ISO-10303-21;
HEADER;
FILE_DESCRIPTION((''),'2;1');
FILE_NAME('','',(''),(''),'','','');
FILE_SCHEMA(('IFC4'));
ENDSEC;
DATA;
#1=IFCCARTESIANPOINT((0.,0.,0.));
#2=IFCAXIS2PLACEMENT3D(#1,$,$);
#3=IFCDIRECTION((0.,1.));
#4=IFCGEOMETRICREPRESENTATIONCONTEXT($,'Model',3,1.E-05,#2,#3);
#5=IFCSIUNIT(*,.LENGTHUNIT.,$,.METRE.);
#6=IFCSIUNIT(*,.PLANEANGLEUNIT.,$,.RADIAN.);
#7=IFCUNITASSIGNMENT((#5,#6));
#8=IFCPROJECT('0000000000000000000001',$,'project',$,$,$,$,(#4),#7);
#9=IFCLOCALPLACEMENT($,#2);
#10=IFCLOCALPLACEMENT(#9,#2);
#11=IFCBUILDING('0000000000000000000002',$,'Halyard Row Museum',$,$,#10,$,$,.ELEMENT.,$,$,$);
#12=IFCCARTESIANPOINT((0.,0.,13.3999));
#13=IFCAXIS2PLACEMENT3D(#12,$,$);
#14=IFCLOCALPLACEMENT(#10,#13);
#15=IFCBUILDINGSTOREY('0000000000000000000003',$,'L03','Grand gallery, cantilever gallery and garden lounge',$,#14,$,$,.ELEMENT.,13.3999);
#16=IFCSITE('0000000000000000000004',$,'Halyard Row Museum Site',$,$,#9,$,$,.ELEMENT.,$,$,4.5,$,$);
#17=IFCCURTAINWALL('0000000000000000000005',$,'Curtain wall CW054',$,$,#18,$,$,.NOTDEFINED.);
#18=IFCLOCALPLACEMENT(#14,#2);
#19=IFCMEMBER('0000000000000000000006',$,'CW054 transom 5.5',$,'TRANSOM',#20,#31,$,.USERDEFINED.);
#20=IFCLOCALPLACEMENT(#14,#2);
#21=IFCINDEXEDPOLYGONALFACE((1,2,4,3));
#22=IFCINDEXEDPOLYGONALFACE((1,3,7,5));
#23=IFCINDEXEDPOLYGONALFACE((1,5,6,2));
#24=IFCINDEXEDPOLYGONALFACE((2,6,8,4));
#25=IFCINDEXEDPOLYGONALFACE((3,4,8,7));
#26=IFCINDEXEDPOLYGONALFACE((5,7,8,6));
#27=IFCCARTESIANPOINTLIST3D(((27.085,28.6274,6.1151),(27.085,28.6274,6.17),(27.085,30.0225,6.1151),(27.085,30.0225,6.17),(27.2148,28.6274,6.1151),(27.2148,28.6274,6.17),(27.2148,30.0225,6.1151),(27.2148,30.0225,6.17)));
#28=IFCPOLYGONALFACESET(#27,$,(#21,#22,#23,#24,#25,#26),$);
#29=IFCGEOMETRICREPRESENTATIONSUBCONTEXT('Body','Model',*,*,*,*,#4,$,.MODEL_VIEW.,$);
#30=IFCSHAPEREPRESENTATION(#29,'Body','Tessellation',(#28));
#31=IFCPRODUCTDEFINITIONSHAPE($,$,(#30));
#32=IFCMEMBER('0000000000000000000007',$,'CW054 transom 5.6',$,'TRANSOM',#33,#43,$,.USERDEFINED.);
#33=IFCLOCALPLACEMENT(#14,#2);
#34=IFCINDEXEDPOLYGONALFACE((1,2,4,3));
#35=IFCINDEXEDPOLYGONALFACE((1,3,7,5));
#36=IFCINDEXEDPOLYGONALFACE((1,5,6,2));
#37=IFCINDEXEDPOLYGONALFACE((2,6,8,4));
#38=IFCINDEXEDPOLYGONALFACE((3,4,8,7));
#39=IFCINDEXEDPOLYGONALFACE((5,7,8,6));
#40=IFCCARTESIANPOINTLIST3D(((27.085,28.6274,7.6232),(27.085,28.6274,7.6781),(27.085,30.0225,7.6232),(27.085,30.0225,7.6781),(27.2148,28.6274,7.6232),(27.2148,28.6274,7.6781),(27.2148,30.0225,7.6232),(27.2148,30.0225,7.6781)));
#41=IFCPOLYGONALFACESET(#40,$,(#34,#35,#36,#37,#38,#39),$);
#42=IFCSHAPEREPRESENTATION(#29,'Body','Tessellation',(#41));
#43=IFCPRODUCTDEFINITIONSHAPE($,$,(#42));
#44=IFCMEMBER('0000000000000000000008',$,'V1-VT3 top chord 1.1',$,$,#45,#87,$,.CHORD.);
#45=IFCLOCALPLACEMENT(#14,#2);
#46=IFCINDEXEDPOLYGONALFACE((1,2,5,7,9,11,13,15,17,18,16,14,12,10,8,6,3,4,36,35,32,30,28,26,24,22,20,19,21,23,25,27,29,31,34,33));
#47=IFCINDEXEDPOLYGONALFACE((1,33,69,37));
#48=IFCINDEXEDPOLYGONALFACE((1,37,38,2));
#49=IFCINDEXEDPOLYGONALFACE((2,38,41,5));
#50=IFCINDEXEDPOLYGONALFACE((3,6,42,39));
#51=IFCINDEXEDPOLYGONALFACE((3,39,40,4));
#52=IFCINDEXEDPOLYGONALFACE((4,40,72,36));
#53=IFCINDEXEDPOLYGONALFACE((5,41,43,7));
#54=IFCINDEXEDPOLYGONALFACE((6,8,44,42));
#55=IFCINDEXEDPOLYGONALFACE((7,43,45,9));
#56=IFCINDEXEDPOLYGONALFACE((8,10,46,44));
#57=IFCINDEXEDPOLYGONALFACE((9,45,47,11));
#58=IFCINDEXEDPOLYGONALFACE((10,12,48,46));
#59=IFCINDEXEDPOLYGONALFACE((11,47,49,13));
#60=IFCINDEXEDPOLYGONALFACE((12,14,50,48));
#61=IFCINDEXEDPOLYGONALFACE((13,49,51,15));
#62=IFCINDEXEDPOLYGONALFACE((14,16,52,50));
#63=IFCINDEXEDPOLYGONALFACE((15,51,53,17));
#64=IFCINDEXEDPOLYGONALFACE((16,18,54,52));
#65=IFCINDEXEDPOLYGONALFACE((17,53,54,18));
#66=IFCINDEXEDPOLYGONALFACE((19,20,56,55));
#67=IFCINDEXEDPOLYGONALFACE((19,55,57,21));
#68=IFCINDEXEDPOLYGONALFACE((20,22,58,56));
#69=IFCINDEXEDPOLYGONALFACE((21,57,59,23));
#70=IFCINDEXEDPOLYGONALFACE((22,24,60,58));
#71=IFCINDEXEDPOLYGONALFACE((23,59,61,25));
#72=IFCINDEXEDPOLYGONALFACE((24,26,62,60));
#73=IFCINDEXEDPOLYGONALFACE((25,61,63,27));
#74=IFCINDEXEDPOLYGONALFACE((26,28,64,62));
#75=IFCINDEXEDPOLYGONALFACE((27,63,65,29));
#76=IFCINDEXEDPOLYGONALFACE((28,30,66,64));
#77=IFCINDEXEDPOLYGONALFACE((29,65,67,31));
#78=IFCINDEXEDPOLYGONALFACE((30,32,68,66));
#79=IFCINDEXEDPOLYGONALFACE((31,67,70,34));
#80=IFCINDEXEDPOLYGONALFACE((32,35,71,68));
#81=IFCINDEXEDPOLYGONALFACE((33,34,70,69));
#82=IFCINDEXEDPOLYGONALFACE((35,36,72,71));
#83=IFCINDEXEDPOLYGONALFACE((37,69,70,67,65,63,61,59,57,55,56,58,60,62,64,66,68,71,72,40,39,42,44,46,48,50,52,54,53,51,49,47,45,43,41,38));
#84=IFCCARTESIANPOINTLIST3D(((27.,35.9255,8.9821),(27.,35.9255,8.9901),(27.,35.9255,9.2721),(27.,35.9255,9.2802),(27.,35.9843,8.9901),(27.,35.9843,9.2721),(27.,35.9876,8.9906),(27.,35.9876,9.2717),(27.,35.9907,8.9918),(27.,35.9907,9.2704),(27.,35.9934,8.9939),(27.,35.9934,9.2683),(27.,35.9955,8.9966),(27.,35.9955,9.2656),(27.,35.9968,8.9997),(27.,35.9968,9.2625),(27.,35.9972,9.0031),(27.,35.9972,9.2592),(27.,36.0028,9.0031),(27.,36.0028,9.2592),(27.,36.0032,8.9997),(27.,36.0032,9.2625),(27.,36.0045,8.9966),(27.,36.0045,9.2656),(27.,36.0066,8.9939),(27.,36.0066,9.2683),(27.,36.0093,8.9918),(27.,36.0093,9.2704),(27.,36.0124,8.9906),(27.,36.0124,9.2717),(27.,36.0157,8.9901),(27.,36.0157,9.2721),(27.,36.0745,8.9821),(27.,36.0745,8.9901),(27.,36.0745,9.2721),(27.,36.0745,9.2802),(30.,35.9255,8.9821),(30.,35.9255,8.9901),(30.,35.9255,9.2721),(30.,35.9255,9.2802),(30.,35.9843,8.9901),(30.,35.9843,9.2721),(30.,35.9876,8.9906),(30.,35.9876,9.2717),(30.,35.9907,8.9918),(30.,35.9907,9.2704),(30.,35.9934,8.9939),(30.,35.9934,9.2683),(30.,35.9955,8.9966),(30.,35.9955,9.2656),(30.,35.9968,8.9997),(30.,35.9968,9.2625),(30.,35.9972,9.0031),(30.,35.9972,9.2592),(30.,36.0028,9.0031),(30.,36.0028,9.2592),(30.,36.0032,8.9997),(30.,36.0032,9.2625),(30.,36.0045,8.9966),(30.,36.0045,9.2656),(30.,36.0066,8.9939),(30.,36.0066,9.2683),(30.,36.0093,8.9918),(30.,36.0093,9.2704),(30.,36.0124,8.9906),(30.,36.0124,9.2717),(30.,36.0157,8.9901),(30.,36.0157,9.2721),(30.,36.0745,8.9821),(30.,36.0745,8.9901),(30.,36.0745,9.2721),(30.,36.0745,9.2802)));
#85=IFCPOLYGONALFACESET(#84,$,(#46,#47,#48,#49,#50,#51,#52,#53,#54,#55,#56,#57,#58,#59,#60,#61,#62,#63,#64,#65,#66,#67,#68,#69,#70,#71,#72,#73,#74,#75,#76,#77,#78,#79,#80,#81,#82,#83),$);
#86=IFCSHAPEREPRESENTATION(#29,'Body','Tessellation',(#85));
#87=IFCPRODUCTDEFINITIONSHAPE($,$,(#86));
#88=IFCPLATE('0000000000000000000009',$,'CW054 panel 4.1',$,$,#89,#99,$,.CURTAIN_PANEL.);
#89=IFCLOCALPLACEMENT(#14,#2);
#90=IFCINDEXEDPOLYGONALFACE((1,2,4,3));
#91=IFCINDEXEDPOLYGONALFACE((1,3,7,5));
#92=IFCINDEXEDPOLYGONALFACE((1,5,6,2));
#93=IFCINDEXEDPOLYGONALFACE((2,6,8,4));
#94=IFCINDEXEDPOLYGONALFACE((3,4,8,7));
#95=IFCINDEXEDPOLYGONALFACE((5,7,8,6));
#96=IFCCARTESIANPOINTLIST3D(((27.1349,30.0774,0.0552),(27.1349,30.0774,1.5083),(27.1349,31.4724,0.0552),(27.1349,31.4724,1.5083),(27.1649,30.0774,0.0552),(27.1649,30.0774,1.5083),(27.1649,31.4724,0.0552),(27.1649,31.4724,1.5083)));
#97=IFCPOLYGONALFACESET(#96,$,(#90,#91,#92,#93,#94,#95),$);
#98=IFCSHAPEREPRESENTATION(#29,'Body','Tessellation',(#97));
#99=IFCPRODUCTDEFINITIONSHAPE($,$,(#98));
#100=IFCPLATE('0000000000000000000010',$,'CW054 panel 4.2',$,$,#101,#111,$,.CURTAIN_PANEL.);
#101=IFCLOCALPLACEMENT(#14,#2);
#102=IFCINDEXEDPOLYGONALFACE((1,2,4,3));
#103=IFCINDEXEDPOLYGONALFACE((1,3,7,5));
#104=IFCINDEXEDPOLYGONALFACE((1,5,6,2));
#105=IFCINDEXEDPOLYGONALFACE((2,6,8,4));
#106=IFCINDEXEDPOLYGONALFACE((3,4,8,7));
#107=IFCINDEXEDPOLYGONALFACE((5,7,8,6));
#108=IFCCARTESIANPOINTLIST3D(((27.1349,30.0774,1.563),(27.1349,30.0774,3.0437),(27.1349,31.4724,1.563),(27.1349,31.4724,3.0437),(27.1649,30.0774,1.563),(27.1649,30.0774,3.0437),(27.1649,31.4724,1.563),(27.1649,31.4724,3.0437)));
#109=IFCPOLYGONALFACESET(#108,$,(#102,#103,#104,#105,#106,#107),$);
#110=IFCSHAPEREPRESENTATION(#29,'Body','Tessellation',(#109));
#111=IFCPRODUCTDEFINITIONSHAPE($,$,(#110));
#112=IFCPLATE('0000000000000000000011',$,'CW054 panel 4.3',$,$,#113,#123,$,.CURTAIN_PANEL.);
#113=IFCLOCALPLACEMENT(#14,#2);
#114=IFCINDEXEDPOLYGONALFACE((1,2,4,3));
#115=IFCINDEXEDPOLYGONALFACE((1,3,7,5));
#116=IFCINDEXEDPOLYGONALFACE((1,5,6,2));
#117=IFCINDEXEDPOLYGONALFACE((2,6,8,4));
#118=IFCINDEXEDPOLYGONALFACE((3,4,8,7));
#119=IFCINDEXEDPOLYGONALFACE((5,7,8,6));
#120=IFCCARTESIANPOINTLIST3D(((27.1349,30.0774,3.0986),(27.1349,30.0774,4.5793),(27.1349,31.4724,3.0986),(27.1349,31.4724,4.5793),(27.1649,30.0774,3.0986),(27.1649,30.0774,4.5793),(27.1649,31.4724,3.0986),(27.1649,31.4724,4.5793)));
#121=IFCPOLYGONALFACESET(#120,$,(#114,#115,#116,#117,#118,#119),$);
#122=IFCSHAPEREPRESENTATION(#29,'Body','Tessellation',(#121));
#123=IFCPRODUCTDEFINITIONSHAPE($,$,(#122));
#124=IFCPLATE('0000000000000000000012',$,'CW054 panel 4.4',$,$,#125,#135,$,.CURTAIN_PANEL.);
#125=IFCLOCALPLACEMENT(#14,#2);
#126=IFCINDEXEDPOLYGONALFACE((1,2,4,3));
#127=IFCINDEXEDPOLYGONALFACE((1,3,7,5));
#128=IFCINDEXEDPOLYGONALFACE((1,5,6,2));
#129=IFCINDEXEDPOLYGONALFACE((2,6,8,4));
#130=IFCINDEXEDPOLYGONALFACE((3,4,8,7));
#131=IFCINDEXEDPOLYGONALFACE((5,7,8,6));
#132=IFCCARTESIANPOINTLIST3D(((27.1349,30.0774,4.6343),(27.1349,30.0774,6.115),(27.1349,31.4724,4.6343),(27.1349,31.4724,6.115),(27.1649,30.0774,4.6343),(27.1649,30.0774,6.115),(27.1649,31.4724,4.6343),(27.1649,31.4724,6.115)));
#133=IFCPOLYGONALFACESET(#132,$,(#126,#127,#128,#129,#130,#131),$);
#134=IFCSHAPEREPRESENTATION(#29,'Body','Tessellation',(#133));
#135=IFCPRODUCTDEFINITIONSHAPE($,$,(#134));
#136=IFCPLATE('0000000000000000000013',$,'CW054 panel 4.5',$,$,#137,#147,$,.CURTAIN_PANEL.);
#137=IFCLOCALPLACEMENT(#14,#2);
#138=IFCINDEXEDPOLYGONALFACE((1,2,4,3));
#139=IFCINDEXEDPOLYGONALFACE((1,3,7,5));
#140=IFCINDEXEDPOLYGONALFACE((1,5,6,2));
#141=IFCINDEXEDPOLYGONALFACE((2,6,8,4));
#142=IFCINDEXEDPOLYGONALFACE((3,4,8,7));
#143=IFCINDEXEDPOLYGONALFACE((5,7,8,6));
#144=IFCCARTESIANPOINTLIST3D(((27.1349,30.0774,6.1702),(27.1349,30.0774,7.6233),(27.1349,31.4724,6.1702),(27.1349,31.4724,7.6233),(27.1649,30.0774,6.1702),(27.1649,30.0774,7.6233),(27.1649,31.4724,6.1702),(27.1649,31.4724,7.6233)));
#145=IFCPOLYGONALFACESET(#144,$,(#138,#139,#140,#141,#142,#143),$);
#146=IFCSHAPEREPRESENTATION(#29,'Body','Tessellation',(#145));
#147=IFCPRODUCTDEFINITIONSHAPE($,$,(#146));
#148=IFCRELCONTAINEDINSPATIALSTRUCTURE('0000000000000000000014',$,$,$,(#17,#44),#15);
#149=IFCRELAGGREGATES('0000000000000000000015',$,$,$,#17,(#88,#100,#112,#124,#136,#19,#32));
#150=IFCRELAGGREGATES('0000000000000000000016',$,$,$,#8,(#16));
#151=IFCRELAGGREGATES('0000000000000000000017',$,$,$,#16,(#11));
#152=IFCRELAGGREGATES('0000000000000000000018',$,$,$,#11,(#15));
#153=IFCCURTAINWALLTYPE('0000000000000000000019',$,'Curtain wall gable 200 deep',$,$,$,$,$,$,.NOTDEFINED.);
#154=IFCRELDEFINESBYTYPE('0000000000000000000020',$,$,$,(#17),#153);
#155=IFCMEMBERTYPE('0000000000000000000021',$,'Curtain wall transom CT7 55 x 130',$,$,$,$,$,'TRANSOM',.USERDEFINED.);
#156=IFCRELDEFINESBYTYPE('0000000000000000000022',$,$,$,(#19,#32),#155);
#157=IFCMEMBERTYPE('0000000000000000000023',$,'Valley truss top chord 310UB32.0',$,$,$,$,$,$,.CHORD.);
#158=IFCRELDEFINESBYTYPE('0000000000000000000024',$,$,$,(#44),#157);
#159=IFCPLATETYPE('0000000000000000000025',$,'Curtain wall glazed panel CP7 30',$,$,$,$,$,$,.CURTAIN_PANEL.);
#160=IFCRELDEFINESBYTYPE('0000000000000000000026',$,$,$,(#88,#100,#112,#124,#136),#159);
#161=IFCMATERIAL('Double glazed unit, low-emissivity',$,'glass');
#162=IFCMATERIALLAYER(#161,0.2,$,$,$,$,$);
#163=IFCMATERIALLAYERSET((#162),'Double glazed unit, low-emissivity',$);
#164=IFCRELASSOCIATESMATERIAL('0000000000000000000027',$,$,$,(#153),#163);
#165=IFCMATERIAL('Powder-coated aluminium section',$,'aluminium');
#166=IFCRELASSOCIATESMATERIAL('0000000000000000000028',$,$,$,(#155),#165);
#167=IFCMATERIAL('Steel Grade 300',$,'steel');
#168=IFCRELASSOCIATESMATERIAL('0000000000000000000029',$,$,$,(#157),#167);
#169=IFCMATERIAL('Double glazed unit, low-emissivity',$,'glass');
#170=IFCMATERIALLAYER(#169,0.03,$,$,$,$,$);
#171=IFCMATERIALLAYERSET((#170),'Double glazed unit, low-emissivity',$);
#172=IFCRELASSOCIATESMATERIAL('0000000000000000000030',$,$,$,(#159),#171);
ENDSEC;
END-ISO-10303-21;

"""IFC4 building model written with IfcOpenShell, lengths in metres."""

from ifc_helpers import new_model, si_unit, direction, frame, origin, origin_2d, place, context, subcontext, project, spatial, rectangle, i_section, extrude, material, layer, layer_set, material_profile, profile_set, type_object, element, aggregate, save


model = new_model("IFC4")

# Units and contexts
model_context = context("Model", 3, precision=1e-05, world=origin(), true_north=direction((0.0, 1.0)))
body_context = subcontext(model_context, "Body", "Model", "MODEL_VIEW")
ifc_project = project(units=[si_unit("LENGTHUNIT", "METRE"), si_unit("PLANEANGLEUNIT", "RADIAN")], contexts=[model_context])

# Site, building, storey
site_placement = place(None, origin())
site = spatial("IfcSite", under=ifc_project, at=site_placement, Name="Halyard Row Museum Site", CompositionType="ELEMENT", RefElevation=4.5)
building_placement = place(site_placement, origin())
building = spatial("IfcBuilding", under=site, at=building_placement, Name="Halyard Row Museum", CompositionType="ELEMENT")
storey_placement = place(building_placement, frame((0.0, 0.0, 13.3999)))
storey = spatial("IfcBuildingStorey", under=building, at=storey_placement, Name="L03", Description="Grand gallery, cantilever gallery and garden lounge", CompositionType="ELEMENT", Elevation=13.3999)

# Curtain wall, members
ifc_material_1 = material(Name="Double glazed unit, low-emissivity", Category="glass")
ifc_layer_1 = layer(ifc_material_1, 0.2)
ifc_layer_set_1 = layer_set([ifc_layer_1], Name="Double glazed unit, low-emissivity")
curtain_wall_type = type_object("IfcCurtainWallType", Name="Curtain wall gable 200 deep", PredefinedType="NOTDEFINED", material=ifc_layer_set_1)
curtain_wall_placement = place(storey_placement, origin())
curtain_wall = element("IfcCurtainWall", 1, at=curtain_wall_placement, inside=storey, type_object=curtain_wall_type, Name="Curtain wall CW054", PredefinedType="NOTDEFINED")
ifc_material_2 = material(Name="Powder-coated aluminium section", Category="aluminium")
ifc_material_profile_1 = material_profile(ifc_material_2, rectangle(XDim=0.1299, YDim=0.0549, at=origin_2d()), Name="130x55 transom")
ifc_profile_set_1 = profile_set([ifc_material_profile_1], Name="Powder-coated aluminium section")
member_type_1 = type_object("IfcMemberType", Name="Curtain wall transom CT7 55 x 130", ElementType="TRANSOM", PredefinedType="USERDEFINED", material=ifc_profile_set_1)
member_1_placement = place(storey_placement, frame((27.1499, 30.0225, 6.1426), z_axis=(0.0, -1.0, 0.0), x_axis=(1.0, 0.0, 0.0)))
member_1 = element("IfcMember", 2, at=member_1_placement, type_object=member_type_1, Name="CW054 transom 5.5", ObjectType="TRANSOM", PredefinedType="USERDEFINED", context=body_context, shape_type="SweptSolid", body=[
    extrude(rectangle(XDim=0.1299, YDim=0.0549, at=origin_2d()), origin(), (0.0, 0.0, 1.0), 1.395),
])
member_2_placement = place(storey_placement, frame((27.1499, 30.0225, 7.6506), z_axis=(0.0, -1.0, 0.0), x_axis=(1.0, 0.0, 0.0)))
member_2 = element("IfcMember", 3, at=member_2_placement, type_object=member_type_1, Name="CW054 transom 5.6", ObjectType="TRANSOM", PredefinedType="USERDEFINED", context=body_context, shape_type="SweptSolid", body=[
    extrude(rectangle(XDim=0.1299, YDim=0.0549, at=origin_2d()), origin(), (0.0, 0.0, 1.0), 1.395),
])

# Member
ifc_material_3 = material(Name="Steel Grade 300", Category="steel")
ifc_material_profile_2 = material_profile(ifc_material_3, i_section(OverallWidth=0.1489, OverallDepth=0.2981, WebThickness=0.0056, FlangeThickness=0.0081, FilletRadius=0.0129, at=origin_2d()), Name="310UB32.0")
ifc_profile_set_2 = profile_set([ifc_material_profile_2], Name="Steel Grade 300")
member_type_2 = type_object("IfcMemberType", Name="Valley truss top chord 310UB32.0", PredefinedType="CHORD", material=ifc_profile_set_2)
member_3_placement = place(storey_placement, frame((27.0, 36.0, 9.1311), z_axis=(1.0, 0.0, 0.0), x_axis=(0.0, 1.0, 0.0)))
element("IfcMember", 4, at=member_3_placement, inside=storey, type_object=member_type_2, Name="V1-VT3 top chord 1.1", PredefinedType="CHORD", context=body_context, shape_type="SweptSolid", body=[
    extrude(i_section(OverallWidth=0.1489, OverallDepth=0.2981, WebThickness=0.0056, FlangeThickness=0.0081, FilletRadius=0.0129, at=origin_2d()), origin(), (0.0, 0.0, 1.0), 3.0),
])

# Plates
ifc_material_4 = material(Name="Double glazed unit, low-emissivity", Category="glass")
ifc_layer_2 = layer(ifc_material_4, 0.03)
ifc_layer_set_2 = layer_set([ifc_layer_2], Name="Double glazed unit, low-emissivity")
plate_type = type_object("IfcPlateType", Name="Curtain wall glazed panel CP7 30", PredefinedType="CURTAIN_PANEL", material=ifc_layer_set_2)
plate_1_placement = place(storey_placement, frame((27.1499, 30.7749, 0.0552), z_axis=(0.0, 0.0, 1.0), x_axis=(0.0, -1.0, 0.0)))
plate_1 = element("IfcPlate", 5, at=plate_1_placement, type_object=plate_type, Name="CW054 panel 4.1", PredefinedType="CURTAIN_PANEL", context=body_context, shape_type="SweptSolid", body=[
    extrude(rectangle(XDim=1.395, YDim=0.03, at=origin_2d()), origin(), (0.0, 0.0, 1.0), 1.4531),
])
plate_2_placement = place(storey_placement, frame((27.1499, 30.7749, 1.563), z_axis=(0.0, 0.0, 1.0), x_axis=(0.0, -1.0, 0.0)))
plate_2 = element("IfcPlate", 6, at=plate_2_placement, type_object=plate_type, Name="CW054 panel 4.2", PredefinedType="CURTAIN_PANEL", context=body_context, shape_type="SweptSolid", body=[
    extrude(rectangle(XDim=1.395, YDim=0.03, at=origin_2d()), origin(), (0.0, 0.0, 1.0), 1.4807),
])
plate_3_placement = place(storey_placement, frame((27.1499, 30.7749, 3.0986), z_axis=(0.0, 0.0, 1.0), x_axis=(0.0, -1.0, 0.0)))
plate_3 = element("IfcPlate", 7, at=plate_3_placement, type_object=plate_type, Name="CW054 panel 4.3", PredefinedType="CURTAIN_PANEL", context=body_context, shape_type="SweptSolid", body=[
    extrude(rectangle(XDim=1.395, YDim=0.03, at=origin_2d()), origin(), (0.0, 0.0, 1.0), 1.4807),
])
plate_4_placement = place(storey_placement, frame((27.1499, 30.7749, 4.6343), z_axis=(0.0, 0.0, 1.0), x_axis=(0.0, -1.0, 0.0)))
plate_4 = element("IfcPlate", 8, at=plate_4_placement, type_object=plate_type, Name="CW054 panel 4.4", PredefinedType="CURTAIN_PANEL", context=body_context, shape_type="SweptSolid", body=[
    extrude(rectangle(XDim=1.395, YDim=0.03, at=origin_2d()), origin(), (0.0, 0.0, 1.0), 1.4807),
])
plate_5_placement = place(storey_placement, frame((27.1499, 30.7749, 6.1702), z_axis=(0.0, 0.0, 1.0), x_axis=(0.0, -1.0, 0.0)))
plate_5 = element("IfcPlate", 9, at=plate_5_placement, type_object=plate_type, Name="CW054 panel 4.5", PredefinedType="CURTAIN_PANEL", context=body_context, shape_type="SweptSolid", body=[
    extrude(rectangle(XDim=1.395, YDim=0.03, at=origin_2d()), origin(), (0.0, 0.0, 1.0), 1.4531),
])
aggregate(curtain_wall, [plate_1, plate_2, plate_3, plate_4, plate_5, member_1, member_2])

save(model, "model.ifc")
